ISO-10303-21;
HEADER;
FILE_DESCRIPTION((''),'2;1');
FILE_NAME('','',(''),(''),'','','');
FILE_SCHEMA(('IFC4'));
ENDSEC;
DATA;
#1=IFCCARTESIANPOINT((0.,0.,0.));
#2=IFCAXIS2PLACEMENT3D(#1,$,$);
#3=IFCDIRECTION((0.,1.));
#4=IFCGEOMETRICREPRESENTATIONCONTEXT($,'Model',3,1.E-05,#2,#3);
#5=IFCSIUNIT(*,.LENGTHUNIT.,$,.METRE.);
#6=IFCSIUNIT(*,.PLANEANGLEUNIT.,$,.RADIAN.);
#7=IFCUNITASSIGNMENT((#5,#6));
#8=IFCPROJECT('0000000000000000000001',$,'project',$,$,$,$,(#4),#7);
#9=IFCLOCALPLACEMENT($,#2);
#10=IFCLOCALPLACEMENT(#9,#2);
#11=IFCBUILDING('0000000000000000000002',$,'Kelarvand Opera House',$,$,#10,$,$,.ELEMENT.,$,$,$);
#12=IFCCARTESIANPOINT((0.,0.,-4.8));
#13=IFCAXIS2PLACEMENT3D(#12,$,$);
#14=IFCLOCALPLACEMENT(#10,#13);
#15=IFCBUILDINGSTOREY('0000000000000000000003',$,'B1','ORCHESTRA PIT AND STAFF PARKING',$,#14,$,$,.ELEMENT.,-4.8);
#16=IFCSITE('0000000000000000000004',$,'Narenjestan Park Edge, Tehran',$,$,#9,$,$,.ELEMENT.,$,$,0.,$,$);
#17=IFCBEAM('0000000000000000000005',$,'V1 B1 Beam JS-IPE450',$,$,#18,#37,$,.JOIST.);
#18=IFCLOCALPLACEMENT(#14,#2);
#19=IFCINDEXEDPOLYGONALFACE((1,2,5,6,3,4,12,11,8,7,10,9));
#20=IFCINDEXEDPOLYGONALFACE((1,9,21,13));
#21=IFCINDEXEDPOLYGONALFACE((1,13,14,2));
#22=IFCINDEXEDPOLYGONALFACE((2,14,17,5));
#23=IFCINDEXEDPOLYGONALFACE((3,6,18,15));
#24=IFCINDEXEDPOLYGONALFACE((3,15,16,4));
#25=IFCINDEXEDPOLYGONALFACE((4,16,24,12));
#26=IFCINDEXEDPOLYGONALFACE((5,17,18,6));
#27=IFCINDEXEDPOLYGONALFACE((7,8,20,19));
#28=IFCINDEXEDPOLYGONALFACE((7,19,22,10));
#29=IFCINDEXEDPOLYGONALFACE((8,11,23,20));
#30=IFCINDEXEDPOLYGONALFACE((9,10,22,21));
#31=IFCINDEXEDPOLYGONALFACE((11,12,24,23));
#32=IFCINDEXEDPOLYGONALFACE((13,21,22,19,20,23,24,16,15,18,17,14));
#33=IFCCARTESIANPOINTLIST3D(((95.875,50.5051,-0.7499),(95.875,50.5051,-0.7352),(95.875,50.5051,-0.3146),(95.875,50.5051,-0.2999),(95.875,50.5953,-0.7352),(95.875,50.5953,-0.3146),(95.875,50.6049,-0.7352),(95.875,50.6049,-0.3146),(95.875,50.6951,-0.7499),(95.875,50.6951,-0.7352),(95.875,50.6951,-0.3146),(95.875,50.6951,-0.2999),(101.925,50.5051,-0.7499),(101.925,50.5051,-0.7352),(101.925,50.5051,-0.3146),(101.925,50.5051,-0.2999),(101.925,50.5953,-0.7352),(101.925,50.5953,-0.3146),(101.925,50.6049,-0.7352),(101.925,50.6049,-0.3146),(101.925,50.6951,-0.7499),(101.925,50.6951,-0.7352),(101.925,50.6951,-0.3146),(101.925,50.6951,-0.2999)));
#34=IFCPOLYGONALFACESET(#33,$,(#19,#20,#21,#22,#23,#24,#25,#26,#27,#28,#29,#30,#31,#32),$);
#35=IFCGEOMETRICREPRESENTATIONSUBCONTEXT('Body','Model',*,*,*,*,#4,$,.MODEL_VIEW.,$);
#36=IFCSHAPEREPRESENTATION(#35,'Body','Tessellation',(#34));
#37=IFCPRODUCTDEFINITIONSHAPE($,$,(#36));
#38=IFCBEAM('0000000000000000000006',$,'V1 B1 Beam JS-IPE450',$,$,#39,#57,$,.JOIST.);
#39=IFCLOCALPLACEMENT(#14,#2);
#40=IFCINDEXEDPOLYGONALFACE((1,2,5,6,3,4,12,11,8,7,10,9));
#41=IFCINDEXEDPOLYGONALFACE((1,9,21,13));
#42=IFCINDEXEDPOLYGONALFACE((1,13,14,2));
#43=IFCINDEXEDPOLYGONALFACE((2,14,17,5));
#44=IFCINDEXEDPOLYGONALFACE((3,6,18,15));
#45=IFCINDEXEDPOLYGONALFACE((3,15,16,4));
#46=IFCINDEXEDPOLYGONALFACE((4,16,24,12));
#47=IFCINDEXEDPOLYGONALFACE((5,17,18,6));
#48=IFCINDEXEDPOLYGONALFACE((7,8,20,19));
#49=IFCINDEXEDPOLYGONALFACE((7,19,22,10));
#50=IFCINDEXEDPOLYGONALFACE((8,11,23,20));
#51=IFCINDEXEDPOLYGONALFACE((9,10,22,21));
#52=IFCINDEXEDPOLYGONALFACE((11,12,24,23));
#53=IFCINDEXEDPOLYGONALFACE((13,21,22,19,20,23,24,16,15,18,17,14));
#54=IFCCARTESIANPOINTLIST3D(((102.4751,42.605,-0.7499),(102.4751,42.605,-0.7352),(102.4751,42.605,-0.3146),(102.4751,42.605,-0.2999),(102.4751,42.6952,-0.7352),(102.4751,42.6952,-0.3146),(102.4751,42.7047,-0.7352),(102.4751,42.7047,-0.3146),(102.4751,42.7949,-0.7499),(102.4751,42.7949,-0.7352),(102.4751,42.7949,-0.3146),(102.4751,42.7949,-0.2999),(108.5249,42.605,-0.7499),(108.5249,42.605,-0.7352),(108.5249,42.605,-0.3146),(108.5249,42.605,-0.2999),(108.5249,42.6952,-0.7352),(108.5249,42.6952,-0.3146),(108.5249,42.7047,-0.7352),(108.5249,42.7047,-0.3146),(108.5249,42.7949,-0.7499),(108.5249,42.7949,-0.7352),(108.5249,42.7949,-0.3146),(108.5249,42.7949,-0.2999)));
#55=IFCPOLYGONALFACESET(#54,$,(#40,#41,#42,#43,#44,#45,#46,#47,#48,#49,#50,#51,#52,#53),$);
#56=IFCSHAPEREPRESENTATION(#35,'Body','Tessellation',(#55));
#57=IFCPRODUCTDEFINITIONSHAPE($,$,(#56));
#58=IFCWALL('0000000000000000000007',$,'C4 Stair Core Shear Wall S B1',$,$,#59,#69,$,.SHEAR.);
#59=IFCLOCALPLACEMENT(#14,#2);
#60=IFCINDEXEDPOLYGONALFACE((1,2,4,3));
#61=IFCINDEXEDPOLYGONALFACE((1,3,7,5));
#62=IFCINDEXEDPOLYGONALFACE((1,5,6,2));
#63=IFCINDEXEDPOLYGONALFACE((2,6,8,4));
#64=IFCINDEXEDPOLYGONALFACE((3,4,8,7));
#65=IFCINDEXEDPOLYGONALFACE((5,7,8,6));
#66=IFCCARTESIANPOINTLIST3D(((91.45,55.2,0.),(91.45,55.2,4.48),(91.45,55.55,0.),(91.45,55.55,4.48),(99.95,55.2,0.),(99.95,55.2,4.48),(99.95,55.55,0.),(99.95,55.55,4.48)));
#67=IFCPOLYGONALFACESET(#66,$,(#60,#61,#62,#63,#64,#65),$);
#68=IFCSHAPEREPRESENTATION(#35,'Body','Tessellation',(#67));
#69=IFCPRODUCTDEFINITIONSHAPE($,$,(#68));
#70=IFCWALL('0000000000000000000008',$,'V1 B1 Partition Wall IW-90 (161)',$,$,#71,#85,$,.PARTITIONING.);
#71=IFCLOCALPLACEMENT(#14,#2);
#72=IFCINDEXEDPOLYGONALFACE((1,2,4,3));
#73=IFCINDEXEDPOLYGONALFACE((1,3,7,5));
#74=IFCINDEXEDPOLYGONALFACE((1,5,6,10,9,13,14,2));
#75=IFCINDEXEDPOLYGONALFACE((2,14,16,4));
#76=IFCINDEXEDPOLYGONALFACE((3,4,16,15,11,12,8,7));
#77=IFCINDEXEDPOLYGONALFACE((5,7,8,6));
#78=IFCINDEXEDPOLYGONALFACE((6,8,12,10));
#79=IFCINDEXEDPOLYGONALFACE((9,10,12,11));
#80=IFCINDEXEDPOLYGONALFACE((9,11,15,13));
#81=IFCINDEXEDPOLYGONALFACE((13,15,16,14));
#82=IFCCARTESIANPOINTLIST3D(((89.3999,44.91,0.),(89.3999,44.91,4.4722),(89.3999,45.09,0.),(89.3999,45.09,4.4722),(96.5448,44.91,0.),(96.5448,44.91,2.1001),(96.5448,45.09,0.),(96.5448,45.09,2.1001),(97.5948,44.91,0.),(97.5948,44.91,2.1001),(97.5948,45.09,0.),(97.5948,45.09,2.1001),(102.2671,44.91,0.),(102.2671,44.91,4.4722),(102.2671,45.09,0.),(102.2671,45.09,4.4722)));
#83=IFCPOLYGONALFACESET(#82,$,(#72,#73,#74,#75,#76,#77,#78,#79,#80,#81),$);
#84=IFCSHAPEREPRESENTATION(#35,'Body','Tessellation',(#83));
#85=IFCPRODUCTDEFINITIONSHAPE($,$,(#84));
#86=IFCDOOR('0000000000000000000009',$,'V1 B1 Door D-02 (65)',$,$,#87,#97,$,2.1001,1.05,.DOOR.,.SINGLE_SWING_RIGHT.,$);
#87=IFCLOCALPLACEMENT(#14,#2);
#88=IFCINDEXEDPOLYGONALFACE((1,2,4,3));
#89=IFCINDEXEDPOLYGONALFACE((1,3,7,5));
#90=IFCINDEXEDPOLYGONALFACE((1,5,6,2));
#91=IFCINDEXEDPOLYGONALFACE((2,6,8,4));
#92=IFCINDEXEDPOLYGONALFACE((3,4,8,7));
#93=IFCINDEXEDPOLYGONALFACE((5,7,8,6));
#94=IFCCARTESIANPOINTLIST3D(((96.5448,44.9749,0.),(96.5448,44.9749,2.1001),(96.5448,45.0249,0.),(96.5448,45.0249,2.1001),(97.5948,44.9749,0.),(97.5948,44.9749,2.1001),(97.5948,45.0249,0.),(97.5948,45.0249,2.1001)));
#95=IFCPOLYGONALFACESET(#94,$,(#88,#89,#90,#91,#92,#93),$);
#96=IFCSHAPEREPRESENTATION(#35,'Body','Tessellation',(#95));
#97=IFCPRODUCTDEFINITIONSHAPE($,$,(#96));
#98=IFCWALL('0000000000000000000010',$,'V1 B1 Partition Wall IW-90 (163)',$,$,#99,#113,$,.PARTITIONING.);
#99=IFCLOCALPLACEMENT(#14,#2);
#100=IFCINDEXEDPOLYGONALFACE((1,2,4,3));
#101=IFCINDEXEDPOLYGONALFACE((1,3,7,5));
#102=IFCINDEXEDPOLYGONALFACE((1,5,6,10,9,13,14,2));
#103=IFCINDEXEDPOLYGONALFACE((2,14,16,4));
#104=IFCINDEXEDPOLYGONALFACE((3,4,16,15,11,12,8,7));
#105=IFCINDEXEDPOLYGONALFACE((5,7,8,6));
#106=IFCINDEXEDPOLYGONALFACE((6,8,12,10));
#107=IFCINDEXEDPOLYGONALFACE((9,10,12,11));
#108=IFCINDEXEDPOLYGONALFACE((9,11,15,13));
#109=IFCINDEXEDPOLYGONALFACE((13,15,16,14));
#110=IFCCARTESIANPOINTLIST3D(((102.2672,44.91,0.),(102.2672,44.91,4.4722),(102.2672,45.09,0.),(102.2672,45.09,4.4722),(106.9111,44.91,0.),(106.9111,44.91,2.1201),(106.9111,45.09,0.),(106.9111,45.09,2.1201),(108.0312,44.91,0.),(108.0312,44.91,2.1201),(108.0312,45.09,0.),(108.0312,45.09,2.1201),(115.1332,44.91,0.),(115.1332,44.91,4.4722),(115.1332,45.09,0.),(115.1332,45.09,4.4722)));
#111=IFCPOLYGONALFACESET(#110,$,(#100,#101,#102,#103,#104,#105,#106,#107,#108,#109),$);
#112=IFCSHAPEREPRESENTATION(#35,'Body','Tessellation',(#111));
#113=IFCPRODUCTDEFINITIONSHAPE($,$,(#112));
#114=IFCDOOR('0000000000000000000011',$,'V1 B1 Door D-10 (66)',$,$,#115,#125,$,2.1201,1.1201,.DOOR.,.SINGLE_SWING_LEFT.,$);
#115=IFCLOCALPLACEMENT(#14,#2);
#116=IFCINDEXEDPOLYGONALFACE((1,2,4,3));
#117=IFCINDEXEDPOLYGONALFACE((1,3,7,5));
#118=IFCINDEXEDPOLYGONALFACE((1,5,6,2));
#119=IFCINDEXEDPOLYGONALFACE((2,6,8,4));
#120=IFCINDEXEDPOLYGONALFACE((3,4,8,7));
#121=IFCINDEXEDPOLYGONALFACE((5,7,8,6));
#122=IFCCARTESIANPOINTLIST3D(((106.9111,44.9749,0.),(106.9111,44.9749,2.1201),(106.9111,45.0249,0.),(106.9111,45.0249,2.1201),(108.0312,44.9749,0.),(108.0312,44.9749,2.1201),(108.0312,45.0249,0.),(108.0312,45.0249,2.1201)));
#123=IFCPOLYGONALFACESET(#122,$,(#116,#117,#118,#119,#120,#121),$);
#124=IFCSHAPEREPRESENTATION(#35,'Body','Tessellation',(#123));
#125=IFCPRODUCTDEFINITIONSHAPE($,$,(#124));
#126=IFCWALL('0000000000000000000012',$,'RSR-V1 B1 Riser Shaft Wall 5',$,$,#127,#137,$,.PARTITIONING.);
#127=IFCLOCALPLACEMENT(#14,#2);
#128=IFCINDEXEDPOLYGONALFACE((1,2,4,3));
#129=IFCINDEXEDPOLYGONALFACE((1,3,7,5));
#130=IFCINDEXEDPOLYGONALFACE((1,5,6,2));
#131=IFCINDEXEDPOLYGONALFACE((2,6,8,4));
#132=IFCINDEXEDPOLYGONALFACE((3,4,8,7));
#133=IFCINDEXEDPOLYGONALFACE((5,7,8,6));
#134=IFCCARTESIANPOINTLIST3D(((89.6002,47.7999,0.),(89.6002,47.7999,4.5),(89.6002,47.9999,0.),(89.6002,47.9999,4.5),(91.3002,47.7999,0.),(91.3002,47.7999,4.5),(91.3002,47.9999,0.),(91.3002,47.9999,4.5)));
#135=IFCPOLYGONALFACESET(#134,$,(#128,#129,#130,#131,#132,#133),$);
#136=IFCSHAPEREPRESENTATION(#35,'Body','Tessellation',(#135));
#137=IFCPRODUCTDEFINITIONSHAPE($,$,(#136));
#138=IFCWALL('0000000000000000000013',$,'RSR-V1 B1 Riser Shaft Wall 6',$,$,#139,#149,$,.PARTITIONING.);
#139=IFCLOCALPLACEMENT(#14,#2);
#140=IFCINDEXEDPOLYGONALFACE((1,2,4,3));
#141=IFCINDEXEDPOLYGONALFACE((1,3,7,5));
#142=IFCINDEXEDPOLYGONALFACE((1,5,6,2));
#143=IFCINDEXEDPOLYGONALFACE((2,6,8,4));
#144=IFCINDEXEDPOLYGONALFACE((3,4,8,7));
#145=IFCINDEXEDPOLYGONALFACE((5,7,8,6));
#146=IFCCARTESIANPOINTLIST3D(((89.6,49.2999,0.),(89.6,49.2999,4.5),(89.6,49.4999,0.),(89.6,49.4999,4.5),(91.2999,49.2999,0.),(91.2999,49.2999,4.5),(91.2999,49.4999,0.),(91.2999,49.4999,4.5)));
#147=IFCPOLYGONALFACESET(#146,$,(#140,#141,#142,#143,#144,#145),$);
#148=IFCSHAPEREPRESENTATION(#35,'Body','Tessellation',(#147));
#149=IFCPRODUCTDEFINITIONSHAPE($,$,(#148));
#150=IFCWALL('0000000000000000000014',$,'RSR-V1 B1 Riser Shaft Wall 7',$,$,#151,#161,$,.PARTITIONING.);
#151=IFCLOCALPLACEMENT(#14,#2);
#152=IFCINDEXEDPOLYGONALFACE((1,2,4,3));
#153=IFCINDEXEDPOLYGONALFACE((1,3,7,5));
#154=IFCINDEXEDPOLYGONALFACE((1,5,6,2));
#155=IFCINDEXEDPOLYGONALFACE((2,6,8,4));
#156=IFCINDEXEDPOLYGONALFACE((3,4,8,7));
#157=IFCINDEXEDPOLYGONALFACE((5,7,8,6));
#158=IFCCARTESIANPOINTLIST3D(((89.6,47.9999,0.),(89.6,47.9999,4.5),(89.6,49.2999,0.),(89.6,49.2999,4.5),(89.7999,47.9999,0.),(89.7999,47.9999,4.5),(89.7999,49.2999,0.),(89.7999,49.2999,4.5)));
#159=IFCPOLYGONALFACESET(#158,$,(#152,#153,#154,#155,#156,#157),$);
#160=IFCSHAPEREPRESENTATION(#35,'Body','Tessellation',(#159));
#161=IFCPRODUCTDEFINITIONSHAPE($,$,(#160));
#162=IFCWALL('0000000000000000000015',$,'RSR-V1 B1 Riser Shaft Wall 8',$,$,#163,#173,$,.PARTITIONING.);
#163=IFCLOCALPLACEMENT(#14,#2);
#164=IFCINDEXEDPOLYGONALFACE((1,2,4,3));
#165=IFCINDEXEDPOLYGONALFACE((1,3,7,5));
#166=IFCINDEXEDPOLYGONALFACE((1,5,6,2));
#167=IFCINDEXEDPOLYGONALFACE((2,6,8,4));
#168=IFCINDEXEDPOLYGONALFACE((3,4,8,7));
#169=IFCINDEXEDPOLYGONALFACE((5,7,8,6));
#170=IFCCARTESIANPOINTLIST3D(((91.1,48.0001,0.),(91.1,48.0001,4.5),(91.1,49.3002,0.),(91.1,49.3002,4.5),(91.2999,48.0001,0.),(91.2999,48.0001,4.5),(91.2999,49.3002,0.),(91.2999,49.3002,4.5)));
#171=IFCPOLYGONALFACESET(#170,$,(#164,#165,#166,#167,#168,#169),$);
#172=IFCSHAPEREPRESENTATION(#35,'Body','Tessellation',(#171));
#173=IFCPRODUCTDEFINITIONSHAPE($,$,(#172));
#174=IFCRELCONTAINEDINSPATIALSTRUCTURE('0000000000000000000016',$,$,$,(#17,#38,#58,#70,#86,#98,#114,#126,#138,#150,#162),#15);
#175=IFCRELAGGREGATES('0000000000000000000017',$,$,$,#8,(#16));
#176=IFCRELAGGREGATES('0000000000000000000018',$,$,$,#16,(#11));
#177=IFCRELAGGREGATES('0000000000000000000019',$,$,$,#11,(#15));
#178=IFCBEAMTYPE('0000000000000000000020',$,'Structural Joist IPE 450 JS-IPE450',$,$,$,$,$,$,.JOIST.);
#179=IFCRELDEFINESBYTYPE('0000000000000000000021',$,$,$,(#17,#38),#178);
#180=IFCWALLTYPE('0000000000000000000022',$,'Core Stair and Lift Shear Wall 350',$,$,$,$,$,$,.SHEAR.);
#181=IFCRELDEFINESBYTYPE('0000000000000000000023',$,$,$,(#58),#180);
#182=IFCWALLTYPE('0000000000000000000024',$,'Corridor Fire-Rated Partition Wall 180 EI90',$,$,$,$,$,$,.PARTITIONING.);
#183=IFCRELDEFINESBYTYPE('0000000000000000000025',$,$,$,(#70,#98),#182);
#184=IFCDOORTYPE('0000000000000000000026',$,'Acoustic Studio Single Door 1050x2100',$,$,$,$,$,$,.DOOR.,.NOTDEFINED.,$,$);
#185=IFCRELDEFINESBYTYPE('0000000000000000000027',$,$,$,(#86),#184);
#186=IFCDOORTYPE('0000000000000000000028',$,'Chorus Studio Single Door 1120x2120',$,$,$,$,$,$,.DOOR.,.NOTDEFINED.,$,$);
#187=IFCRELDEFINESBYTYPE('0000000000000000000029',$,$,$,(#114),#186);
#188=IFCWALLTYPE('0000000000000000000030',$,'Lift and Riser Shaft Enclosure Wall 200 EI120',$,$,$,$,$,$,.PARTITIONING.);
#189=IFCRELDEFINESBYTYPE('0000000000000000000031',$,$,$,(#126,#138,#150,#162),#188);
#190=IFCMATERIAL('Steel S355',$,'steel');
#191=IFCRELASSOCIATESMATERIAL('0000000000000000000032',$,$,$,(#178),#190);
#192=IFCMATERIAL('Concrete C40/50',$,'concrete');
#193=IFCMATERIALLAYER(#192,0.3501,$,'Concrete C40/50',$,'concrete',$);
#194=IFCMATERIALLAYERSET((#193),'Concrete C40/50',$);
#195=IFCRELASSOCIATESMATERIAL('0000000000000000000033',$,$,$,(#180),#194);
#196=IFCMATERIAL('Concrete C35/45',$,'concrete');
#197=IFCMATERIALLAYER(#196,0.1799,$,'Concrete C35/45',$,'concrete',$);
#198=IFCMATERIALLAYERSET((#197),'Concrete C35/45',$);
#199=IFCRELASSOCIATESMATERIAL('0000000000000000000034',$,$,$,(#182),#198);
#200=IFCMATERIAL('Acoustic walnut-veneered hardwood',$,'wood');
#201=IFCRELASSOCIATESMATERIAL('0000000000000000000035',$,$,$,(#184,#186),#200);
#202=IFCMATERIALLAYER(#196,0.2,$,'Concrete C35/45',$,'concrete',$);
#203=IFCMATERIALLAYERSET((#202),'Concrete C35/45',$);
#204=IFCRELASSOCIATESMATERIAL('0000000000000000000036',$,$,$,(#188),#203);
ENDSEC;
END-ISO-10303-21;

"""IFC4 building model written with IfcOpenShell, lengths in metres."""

from ifc_helpers import new_model, si_unit, direction, frame, frame_2d, origin, origin_2d, place, context, subcontext, project, spatial, rectangle, i_section, extrude, material, layer, layer_set, material_profile, profile_set, type_object, element, fill, save


model = new_model("IFC4")

# Units and contexts
model_context = context("Model", 3, precision=1e-05, world=origin(), true_north=direction((0.0, 1.0)))
body_context = subcontext(model_context, "Body", "Model", "MODEL_VIEW")
ifc_project = project(units=[si_unit("LENGTHUNIT", "METRE"), si_unit("PLANEANGLEUNIT", "RADIAN")], contexts=[model_context])

# Site, building, storey
site_placement = place(None, origin())
site = spatial("IfcSite", under=ifc_project, at=site_placement, Name="Narenjestan Park Edge, Tehran", CompositionType="ELEMENT", RefElevation=0.0)
building_placement = place(site_placement, origin())
building = spatial("IfcBuilding", under=site, at=building_placement, Name="Kelarvand Opera House", CompositionType="ELEMENT")
storey_placement = place(building_placement, frame((0.0, 0.0, -4.8)))
storey = spatial("IfcBuildingStorey", under=building, at=storey_placement, Name="B1", Description="ORCHESTRA PIT AND STAFF PARKING", CompositionType="ELEMENT", Elevation=-4.8)

# Shared definitions
ifc_material_1 = material(Name="Concrete C40/50", Category="concrete")

# Beams
ifc_material_2 = material(Name="Steel S355", Category="steel")
ifc_material_profile_1 = material_profile(ifc_material_2, i_section(OverallWidth=0.1899, OverallDepth=0.45, WebThickness=0.0095, FlangeThickness=0.0146, at=origin_2d()), Name="IPE 450", Category="steel")
ifc_profile_set_1 = profile_set([ifc_material_profile_1], Name="Steel S355")
beam_type_1 = type_object("IfcBeamType", Name="Structural Joist IPE 450 JS-IPE450", PredefinedType="JOIST", material=ifc_profile_set_1)
beam_1_placement = place(storey_placement, frame((95.875, 50.6001, -0.5249), z_axis=(1.0, 0.0, 0.0), x_axis=(0.0, 1.0, 0.0)))
element("IfcBeam", 1, at=beam_1_placement, inside=storey, type_object=beam_type_1, Name="V1 B1 Beam JS-IPE450", PredefinedType="JOIST", context=body_context, shape_type="SweptSolid", body=[
    extrude(i_section(OverallWidth=0.1899, OverallDepth=0.45, WebThickness=0.0095, FlangeThickness=0.0146, at=origin_2d()), origin(), (0.0, 0.0, 1.0), 6.05),
])
beam_2_placement = place(storey_placement, frame((102.4751, 42.7, -0.5249), z_axis=(1.0, 0.0, 0.0), x_axis=(0.0, 1.0, 0.0)))
element("IfcBeam", 2, at=beam_2_placement, inside=storey, type_object=beam_type_1, Name="V1 B1 Beam JS-IPE450", PredefinedType="JOIST", context=body_context, shape_type="SweptSolid", body=[
    extrude(i_section(OverallWidth=0.1899, OverallDepth=0.45, WebThickness=0.0095, FlangeThickness=0.0146, at=origin_2d()), origin(), (0.0, 0.0, 1.0), 6.0498),
])

# Wall
ifc_layer_1 = layer(ifc_material_1, 0.3501, Name="Concrete C40/50", Category="concrete")
ifc_layer_set_1 = layer_set([ifc_layer_1], Name="Concrete C40/50")
wall_type_1 = type_object("IfcWallType", Name="Core Stair and Lift Shear Wall 350", PredefinedType="SHEAR", material=ifc_layer_set_1)
wall_1_placement = place(storey_placement, frame((91.45, 55.375, 0.0), z_axis=(0.0, 0.0, 1.0), x_axis=(1.0, 0.0, 0.0)))
element("IfcWall", 3, at=wall_1_placement, inside=storey, type_object=wall_type_1, Name="C4 Stair Core Shear Wall S B1", PredefinedType="SHEAR", context=body_context, shape_type="SweptSolid", body=[
    extrude(rectangle(XDim=8.5, YDim=0.3501, at=frame_2d((4.25, 0.0))), origin(), (0.0, 0.0, 1.0), 4.48),
])

# Walls, openings, doors
ifc_material_3 = material(Name="Concrete C35/45", Category="concrete")
ifc_layer_2 = layer(ifc_material_3, 0.1799, Name="Concrete C35/45", Category="concrete")
ifc_layer_set_2 = layer_set([ifc_layer_2], Name="Concrete C35/45")
wall_type_2 = type_object("IfcWallType", Name="Corridor Fire-Rated Partition Wall 180 EI90", PredefinedType="PARTITIONING", material=ifc_layer_set_2)
wall_2_placement = place(storey_placement, frame((89.3999, 45.0, 0.0), z_axis=(0.0, 0.0, 1.0), x_axis=(1.0, 0.0, 0.0)))
wall_2 = element("IfcWall", 4, at=wall_2_placement, inside=storey, type_object=wall_type_2, Name="V1 B1 Partition Wall IW-90 (161)", PredefinedType="PARTITIONING", context=body_context, shape_type="SweptSolid", body=[
    extrude(rectangle(XDim=12.8672, YDim=0.1799, at=frame_2d((6.4336, 0.0))), origin(), (0.0, 0.0, 1.0), 4.4722),
])
opening_1_placement = place(wall_2_placement, frame((7.145, 0.0, 0.0)))
opening_1 = element("IfcOpeningElement", 5, at=opening_1_placement, cuts=wall_2, PredefinedType="OPENING", context=body_context, shape_type="SweptSolid", body=[
    extrude(rectangle(XDim=1.05, YDim=2.1001, at=frame_2d((0.5249, 1.05))), frame((0.0, 0.1001, 0.0), z_axis=(0.0, -1.0, 0.0), x_axis=(1.0, 0.0, 0.0)), (0.0, 0.0, 1.0), 0.2),
])
ifc_material_4 = material(Name="Acoustic walnut-veneered hardwood", Category="wood")
door_type_1 = type_object("IfcDoorType", Name="Acoustic Studio Single Door 1050x2100", OperationType="NOTDEFINED", PredefinedType="DOOR", material=ifc_material_4)
door_1_placement = place(opening_1_placement, origin())
door_1 = element("IfcDoor", 6, at=door_1_placement, inside=storey, type_object=door_type_1, Name="V1 B1 Door D-02 (65)", OperationType="SINGLE_SWING_RIGHT", OverallHeight=2.1001, OverallWidth=1.05, PredefinedType="DOOR", context=body_context, shape_type="SweptSolid", body=[
    extrude(rectangle(XDim=1.05, YDim=2.1001, at=frame_2d((0.5249, 1.05))), frame((0.0, 0.0249, 0.0), z_axis=(0.0, -1.0, 0.0), x_axis=(1.0, 0.0, 0.0)), (0.0, 0.0, 1.0), 0.05),
])
fill(opening_1, door_1)
wall_3_placement = place(storey_placement, frame((102.2671, 45.0, 0.0), z_axis=(0.0, 0.0, 1.0), x_axis=(1.0, 0.0, 0.0)))
wall_3 = element("IfcWall", 7, at=wall_3_placement, inside=storey, type_object=wall_type_2, Name="V1 B1 Partition Wall IW-90 (163)", PredefinedType="PARTITIONING", context=body_context, shape_type="SweptSolid", body=[
    extrude(rectangle(XDim=12.866, YDim=0.1799, at=frame_2d((6.4331, 0.0))), origin(), (0.0, 0.0, 1.0), 4.4722),
])
opening_2_placement = place(wall_3_placement, frame((4.644, 0.0, 0.0)))
opening_2 = element("IfcOpeningElement", 8, at=opening_2_placement, cuts=wall_3, PredefinedType="OPENING", context=body_context, shape_type="SweptSolid", body=[
    extrude(rectangle(XDim=1.1201, YDim=2.1201, at=frame_2d((0.5601, 1.0601))), frame((0.0, 0.1001, 0.0), z_axis=(0.0, -1.0, 0.0), x_axis=(1.0, 0.0, 0.0)), (0.0, 0.0, 1.0), 0.2),
])
door_type_2 = type_object("IfcDoorType", Name="Chorus Studio Single Door 1120x2120", OperationType="NOTDEFINED", PredefinedType="DOOR", material=ifc_material_4)
door_2_placement = place(opening_2_placement, origin())
door_2 = element("IfcDoor", 9, at=door_2_placement, inside=storey, type_object=door_type_2, Name="V1 B1 Door D-10 (66)", OperationType="SINGLE_SWING_LEFT", OverallHeight=2.1201, OverallWidth=1.1201, PredefinedType="DOOR", context=body_context, shape_type="SweptSolid", body=[
    extrude(rectangle(XDim=1.1201, YDim=2.1201, at=frame_2d((0.5601, 1.0601))), frame((0.0, 0.0249, 0.0), z_axis=(0.0, -1.0, 0.0), x_axis=(1.0, 0.0, 0.0)), (0.0, 0.0, 1.0), 0.05),
])
fill(opening_2, door_2)

# Walls
ifc_layer_3 = layer(ifc_material_3, 0.2, Name="Concrete C35/45", Category="concrete")
ifc_layer_set_3 = layer_set([ifc_layer_3], Name="Concrete C35/45")
wall_type_3 = type_object("IfcWallType", Name="Lift and Riser Shaft Enclosure Wall 200 EI120", PredefinedType="PARTITIONING", material=ifc_layer_set_3)
for number, where, z_axis, x_axis, name in (
    (10, (89.6001, 47.8999, 0.0), (0.0, 0.0, 1.0), (1.0, 0.0, 0.0), "RSR-V1 B1 Riser Shaft Wall 5"),
    (11, (91.3, 49.3999, 0.0), (0.0, 0.0, 1.0), (-1.0, 0.0, 0.0), "RSR-V1 B1 Riser Shaft Wall 6"),
):
    element("IfcWall", number, at=place(storey_placement, frame(where, z_axis=z_axis, x_axis=x_axis)), inside=storey, type_object=wall_type_3, Name=name, PredefinedType="PARTITIONING", context=body_context, shape_type="SweptSolid", body=[
        extrude(rectangle(XDim=1.7, YDim=0.2, at=frame_2d((0.8501, 0.0))), origin(), (0.0, 0.0, 1.0), 4.5),
    ])
for number, where, z_axis, x_axis, name in (
    (12, (89.7, 48.0, 0.0), (0.0, 0.0, 1.0), (0.0, 1.0, 0.0), "RSR-V1 B1 Riser Shaft Wall 7"),
    (13, (91.2, 49.3, 0.0), (0.0, 0.0, 1.0), (0.0, -1.0, 0.0), "RSR-V1 B1 Riser Shaft Wall 8"),
):
    element("IfcWall", number, at=place(storey_placement, frame(where, z_axis=z_axis, x_axis=x_axis)), inside=storey, type_object=wall_type_3, Name=name, PredefinedType="PARTITIONING", context=body_context, shape_type="SweptSolid", body=[
        extrude(rectangle(XDim=1.3, YDim=0.2, at=frame_2d((0.6499, 0.0))), origin(), (0.0, 0.0, 1.0), 4.5),
    ])

save(model, "model.ifc")
